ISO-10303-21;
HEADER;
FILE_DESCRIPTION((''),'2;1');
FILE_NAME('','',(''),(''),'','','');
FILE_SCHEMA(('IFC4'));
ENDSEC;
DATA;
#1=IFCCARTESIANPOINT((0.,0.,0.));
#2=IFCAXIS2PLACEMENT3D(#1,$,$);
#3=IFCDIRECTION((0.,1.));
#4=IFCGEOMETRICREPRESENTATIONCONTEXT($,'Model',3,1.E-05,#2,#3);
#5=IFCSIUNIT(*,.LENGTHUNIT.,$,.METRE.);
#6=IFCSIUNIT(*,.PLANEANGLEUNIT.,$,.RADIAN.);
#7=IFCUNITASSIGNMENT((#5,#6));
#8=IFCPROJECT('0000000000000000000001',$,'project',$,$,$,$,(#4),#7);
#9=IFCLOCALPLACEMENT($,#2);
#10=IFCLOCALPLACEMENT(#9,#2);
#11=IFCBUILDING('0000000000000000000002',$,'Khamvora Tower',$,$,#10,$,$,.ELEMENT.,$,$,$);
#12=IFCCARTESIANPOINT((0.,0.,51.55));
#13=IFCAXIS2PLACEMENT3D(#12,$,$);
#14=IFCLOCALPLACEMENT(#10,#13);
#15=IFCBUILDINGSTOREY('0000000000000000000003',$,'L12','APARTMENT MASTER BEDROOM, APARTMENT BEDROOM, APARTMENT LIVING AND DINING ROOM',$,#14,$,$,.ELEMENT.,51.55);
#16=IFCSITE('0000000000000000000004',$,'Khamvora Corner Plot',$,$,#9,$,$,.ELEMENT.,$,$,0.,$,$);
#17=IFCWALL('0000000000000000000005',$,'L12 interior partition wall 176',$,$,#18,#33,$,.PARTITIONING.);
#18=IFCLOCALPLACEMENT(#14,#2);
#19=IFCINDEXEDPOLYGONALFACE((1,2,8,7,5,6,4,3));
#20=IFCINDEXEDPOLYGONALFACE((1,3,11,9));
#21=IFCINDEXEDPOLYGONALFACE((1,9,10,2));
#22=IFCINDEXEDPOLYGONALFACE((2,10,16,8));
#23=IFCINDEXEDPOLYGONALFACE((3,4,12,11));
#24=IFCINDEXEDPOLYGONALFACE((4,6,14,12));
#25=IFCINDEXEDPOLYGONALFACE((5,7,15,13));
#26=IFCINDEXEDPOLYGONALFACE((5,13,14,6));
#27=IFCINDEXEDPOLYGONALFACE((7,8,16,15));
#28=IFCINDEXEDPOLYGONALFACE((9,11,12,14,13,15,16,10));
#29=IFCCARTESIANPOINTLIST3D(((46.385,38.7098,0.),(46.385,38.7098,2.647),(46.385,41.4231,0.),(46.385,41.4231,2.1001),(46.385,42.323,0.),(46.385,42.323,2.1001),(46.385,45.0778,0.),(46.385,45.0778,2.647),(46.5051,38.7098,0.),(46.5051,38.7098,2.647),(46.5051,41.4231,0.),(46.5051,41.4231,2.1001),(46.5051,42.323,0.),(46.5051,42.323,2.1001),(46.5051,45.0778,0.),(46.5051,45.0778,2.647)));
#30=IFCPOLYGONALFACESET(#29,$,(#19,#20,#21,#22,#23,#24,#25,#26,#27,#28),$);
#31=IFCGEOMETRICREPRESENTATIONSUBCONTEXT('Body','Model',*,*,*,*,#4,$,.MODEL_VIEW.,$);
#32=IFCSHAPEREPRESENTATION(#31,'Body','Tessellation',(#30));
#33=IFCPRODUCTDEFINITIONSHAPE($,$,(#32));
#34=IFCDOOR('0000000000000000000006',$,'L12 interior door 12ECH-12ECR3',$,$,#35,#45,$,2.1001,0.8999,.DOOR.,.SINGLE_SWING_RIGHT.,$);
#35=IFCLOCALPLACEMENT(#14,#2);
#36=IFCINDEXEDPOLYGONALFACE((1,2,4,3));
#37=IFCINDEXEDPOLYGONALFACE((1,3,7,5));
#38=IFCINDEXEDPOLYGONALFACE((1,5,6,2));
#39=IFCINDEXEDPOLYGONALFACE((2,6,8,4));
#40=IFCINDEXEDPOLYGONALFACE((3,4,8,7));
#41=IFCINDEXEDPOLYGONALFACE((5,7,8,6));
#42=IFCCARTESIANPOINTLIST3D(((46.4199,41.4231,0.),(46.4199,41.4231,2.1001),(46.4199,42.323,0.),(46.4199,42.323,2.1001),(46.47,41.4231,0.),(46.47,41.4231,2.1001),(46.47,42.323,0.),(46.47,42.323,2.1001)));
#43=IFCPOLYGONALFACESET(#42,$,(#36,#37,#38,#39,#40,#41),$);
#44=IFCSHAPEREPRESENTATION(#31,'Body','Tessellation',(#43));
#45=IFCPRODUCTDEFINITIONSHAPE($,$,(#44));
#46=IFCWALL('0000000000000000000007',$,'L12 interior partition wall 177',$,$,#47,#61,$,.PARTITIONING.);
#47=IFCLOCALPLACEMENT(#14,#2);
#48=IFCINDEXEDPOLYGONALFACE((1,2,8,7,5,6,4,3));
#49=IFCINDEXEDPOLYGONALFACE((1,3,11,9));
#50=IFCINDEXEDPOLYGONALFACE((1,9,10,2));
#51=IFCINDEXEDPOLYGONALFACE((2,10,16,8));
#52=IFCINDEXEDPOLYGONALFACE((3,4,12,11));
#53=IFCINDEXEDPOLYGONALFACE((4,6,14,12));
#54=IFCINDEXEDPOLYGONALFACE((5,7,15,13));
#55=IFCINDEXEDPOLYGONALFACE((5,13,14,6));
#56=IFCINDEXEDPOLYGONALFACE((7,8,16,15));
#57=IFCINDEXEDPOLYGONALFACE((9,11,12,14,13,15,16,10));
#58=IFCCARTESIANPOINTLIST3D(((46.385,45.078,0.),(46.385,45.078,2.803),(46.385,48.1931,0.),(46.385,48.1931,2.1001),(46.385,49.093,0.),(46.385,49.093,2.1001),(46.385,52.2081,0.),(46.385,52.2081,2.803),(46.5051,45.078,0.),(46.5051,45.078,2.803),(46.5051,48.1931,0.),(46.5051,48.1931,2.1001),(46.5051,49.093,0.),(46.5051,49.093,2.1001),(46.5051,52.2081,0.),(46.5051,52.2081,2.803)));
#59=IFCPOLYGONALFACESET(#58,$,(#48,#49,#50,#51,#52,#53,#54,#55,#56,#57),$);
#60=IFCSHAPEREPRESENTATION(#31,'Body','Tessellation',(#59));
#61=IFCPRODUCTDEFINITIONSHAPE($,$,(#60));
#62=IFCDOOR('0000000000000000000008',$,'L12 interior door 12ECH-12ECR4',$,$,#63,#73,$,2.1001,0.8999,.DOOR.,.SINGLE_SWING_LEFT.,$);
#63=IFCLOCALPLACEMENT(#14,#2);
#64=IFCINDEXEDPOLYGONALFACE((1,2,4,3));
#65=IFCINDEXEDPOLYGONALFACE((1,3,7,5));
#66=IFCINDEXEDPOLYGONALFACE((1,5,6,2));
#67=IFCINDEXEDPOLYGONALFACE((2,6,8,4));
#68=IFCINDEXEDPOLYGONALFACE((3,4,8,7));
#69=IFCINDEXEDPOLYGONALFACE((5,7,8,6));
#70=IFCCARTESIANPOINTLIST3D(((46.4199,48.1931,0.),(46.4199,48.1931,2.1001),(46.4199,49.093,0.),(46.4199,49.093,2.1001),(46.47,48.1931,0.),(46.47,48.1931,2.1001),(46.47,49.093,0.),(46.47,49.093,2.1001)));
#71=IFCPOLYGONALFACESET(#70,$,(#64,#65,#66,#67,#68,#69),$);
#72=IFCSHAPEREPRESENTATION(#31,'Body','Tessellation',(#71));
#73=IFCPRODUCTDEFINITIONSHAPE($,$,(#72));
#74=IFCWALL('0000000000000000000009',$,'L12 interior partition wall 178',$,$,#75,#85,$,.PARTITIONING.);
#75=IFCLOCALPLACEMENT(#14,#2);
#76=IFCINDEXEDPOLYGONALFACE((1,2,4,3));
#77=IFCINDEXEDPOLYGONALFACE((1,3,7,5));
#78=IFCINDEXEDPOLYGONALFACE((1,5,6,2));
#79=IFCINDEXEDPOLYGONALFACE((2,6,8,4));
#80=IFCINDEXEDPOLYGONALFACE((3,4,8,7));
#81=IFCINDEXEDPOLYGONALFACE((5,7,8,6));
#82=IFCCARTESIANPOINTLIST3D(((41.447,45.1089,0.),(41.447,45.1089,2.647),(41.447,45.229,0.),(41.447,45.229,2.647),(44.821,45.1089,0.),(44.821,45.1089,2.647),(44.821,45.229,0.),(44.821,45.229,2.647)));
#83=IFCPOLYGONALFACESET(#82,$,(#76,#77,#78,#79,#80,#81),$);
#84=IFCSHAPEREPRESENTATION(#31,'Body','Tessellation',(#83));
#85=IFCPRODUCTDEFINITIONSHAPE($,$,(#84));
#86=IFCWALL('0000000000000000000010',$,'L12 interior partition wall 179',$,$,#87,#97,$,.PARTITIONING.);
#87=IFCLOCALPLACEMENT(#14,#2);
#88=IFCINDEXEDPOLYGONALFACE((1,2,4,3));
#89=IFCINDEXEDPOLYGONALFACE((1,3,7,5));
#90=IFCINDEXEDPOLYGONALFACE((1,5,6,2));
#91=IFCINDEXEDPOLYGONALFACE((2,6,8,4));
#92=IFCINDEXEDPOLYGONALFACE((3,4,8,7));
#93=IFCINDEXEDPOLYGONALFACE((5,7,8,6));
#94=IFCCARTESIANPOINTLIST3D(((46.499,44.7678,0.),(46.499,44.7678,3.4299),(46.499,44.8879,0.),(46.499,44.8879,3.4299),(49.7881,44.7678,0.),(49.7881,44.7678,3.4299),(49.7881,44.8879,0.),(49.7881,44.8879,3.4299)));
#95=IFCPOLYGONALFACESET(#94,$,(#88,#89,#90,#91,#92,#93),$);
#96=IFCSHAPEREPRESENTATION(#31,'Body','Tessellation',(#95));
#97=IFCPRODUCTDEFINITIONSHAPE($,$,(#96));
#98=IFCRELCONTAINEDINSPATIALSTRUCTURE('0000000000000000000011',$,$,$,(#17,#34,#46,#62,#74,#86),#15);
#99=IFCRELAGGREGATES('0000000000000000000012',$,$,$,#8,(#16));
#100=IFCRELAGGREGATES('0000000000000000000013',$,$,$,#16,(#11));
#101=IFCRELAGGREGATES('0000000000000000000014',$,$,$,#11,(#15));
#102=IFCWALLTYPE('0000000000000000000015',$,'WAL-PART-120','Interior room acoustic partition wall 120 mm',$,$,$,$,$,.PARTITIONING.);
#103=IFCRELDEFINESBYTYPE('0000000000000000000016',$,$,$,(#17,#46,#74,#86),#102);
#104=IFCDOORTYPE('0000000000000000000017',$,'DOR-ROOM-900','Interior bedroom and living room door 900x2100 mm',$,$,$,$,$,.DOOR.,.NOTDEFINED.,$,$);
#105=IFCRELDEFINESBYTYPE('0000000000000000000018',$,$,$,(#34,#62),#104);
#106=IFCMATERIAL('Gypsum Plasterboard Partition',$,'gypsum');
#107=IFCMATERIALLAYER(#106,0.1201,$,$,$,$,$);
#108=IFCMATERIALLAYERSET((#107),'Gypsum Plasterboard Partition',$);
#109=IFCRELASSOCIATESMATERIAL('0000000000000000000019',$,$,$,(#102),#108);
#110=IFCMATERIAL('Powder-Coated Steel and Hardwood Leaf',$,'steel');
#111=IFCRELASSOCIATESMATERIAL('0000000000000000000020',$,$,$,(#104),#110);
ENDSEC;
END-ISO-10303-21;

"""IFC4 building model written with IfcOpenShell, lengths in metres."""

from ifc_helpers import new_model, si_unit, direction, frame, frame_2d, origin, place, context, subcontext, project, spatial, rectangle, extrude, material, layer, layer_set, type_object, element, fill, save


model = new_model("IFC4")

# Units and contexts
model_context = context("Model", 3, precision=1e-05, world=origin(), true_north=direction((0.0, 1.0)))
body_context = subcontext(model_context, "Body", "Model", "MODEL_VIEW")
ifc_project = project(units=[si_unit("LENGTHUNIT", "METRE"), si_unit("PLANEANGLEUNIT", "RADIAN")], contexts=[model_context])

# Site, building, storey
site_placement = place(None, origin())
site = spatial("IfcSite", under=ifc_project, at=site_placement, Name="Khamvora Corner Plot", CompositionType="ELEMENT", RefElevation=0.0)
building_placement = place(site_placement, origin())
building = spatial("IfcBuilding", under=site, at=building_placement, Name="Khamvora Tower", CompositionType="ELEMENT")
storey_placement = place(building_placement, frame((0.0, 0.0, 51.55)))
storey = spatial("IfcBuildingStorey", under=building, at=storey_placement, Name="L12", Description="APARTMENT MASTER BEDROOM, APARTMENT BEDROOM, APARTMENT LIVING AND DINING ROOM", CompositionType="ELEMENT", Elevation=51.55)

# Shared definitions
ifc_material_1 = material(Name="Gypsum Plasterboard Partition", Category="gypsum")
ifc_layer_1 = layer(ifc_material_1, 0.1201)
ifc_layer_set_1 = layer_set([ifc_layer_1], Name="Gypsum Plasterboard Partition")
wall_type_1 = type_object("IfcWallType", Name="WAL-PART-120", Description="Interior room acoustic partition wall 120 mm", PredefinedType="PARTITIONING", material=ifc_layer_set_1)

# Shared definitions
ifc_material_2 = material(Name="Powder-Coated Steel and Hardwood Leaf", Category="steel")
door_type = type_object("IfcDoorType", Name="DOR-ROOM-900", Description="Interior bedroom and living room door 900x2100 mm", OperationType="NOTDEFINED", PredefinedType="DOOR", material=ifc_material_2)

# Walls, openings, doors
wall_1_placement = place(storey_placement, frame((46.4451, 45.0779, 0.0), z_axis=(0.0, 0.0, 1.0), x_axis=(0.0, -1.0, 0.0)))
wall_1 = element("IfcWall", 1, at=wall_1_placement, inside=storey, type_object=wall_type_1, Name="L12 interior partition wall 176", PredefinedType="PARTITIONING", context=body_context, shape_type="SweptSolid", body=[
    extrude(rectangle(XDim=6.3679, YDim=0.1201, at=frame_2d((3.1841, 0.0))), origin(), (0.0, 0.0, 1.0), 2.647),
])
opening_1_placement = place(wall_1_placement, frame((2.7549, 0.0, 0.0)))
opening_1 = element("IfcOpeningElement", 2, at=opening_1_placement, cuts=wall_1, PredefinedType="OPENING", context=body_context, shape_type="SweptSolid", body=[
    extrude(rectangle(XDim=0.8999, YDim=2.1001, at=frame_2d((0.45, 1.05))), frame((0.0, 0.0701, 0.0), z_axis=(0.0, -1.0, 0.0), x_axis=(1.0, 0.0, 0.0)), (0.0, 0.0, 1.0), 0.1401),
])
door_1_placement = place(opening_1_placement, origin())
door_1 = element("IfcDoor", 3, at=door_1_placement, inside=storey, type_object=door_type, Name="L12 interior door 12ECH-12ECR3", OperationType="SINGLE_SWING_RIGHT", OverallHeight=2.1001, OverallWidth=0.8999, PredefinedType="DOOR", context=body_context, shape_type="SweptSolid", body=[
    extrude(rectangle(XDim=0.8999, YDim=2.1001, at=frame_2d((0.45, 1.05))), frame((0.0, 0.0249, 0.0), z_axis=(0.0, -1.0, 0.0), x_axis=(1.0, 0.0, 0.0)), (0.0, 0.0, 1.0), 0.05),
])
fill(opening_1, door_1)
wall_2_placement = place(storey_placement, frame((46.4451, 52.208, 0.0), z_axis=(0.0, 0.0, 1.0), x_axis=(0.0, -1.0, 0.0)))
wall_2 = element("IfcWall", 4, at=wall_2_placement, inside=storey, type_object=wall_type_1, Name="L12 interior partition wall 177", PredefinedType="PARTITIONING", context=body_context, shape_type="SweptSolid", body=[
    extrude(rectangle(XDim=7.1301, YDim=0.1201, at=frame_2d((3.5649, 0.0))), origin(), (0.0, 0.0, 1.0), 2.803),
])
opening_2_placement = place(wall_2_placement, frame((3.115, 0.0, 0.0)))
opening_2 = element("IfcOpeningElement", 5, at=opening_2_placement, cuts=wall_2, PredefinedType="OPENING", context=body_context, shape_type="SweptSolid", body=[
    extrude(rectangle(XDim=0.8999, YDim=2.1001, at=frame_2d((0.45, 1.05))), frame((0.0, 0.0701, 0.0), z_axis=(0.0, -1.0, 0.0), x_axis=(1.0, 0.0, 0.0)), (0.0, 0.0, 1.0), 0.1401),
])
door_2_placement = place(opening_2_placement, origin())
door_2 = element("IfcDoor", 6, at=door_2_placement, inside=storey, type_object=door_type, Name="L12 interior door 12ECH-12ECR4", OperationType="SINGLE_SWING_LEFT", OverallHeight=2.1001, OverallWidth=0.8999, PredefinedType="DOOR", context=body_context, shape_type="SweptSolid", body=[
    extrude(rectangle(XDim=0.8999, YDim=2.1001, at=frame_2d((0.45, 1.05))), frame((0.0, 0.0249, 0.0), z_axis=(0.0, -1.0, 0.0), x_axis=(1.0, 0.0, 0.0)), (0.0, 0.0, 1.0), 0.05),
])
fill(opening_2, door_2)

# Walls
wall_3_placement = place(storey_placement, frame((41.447, 45.1689, 0.0), z_axis=(0.0, 0.0, 1.0), x_axis=(1.0, 0.0, 0.0)))
element("IfcWall", 7, at=wall_3_placement, inside=storey, type_object=wall_type_1, Name="L12 interior partition wall 178", PredefinedType="PARTITIONING", context=body_context, shape_type="SweptSolid", body=[
    extrude(rectangle(XDim=3.374, YDim=0.1201, at=frame_2d((1.687, 0.0))), origin(), (0.0, 0.0, 1.0), 2.647),
])
wall_4_placement = place(storey_placement, frame((46.499, 44.8279, 0.0), z_axis=(0.0, 0.0, 1.0), x_axis=(1.0, 0.0, 0.0)))
element("IfcWall", 8, at=wall_4_placement, inside=storey, type_object=wall_type_1, Name="L12 interior partition wall 179", PredefinedType="PARTITIONING", context=body_context, shape_type="SweptSolid", body=[
    extrude(rectangle(XDim=3.2891, YDim=0.1201, at=frame_2d((1.6445, 0.0))), origin(), (0.0, 0.0, 1.0), 3.4299),
])

save(model, "model.ifc")
